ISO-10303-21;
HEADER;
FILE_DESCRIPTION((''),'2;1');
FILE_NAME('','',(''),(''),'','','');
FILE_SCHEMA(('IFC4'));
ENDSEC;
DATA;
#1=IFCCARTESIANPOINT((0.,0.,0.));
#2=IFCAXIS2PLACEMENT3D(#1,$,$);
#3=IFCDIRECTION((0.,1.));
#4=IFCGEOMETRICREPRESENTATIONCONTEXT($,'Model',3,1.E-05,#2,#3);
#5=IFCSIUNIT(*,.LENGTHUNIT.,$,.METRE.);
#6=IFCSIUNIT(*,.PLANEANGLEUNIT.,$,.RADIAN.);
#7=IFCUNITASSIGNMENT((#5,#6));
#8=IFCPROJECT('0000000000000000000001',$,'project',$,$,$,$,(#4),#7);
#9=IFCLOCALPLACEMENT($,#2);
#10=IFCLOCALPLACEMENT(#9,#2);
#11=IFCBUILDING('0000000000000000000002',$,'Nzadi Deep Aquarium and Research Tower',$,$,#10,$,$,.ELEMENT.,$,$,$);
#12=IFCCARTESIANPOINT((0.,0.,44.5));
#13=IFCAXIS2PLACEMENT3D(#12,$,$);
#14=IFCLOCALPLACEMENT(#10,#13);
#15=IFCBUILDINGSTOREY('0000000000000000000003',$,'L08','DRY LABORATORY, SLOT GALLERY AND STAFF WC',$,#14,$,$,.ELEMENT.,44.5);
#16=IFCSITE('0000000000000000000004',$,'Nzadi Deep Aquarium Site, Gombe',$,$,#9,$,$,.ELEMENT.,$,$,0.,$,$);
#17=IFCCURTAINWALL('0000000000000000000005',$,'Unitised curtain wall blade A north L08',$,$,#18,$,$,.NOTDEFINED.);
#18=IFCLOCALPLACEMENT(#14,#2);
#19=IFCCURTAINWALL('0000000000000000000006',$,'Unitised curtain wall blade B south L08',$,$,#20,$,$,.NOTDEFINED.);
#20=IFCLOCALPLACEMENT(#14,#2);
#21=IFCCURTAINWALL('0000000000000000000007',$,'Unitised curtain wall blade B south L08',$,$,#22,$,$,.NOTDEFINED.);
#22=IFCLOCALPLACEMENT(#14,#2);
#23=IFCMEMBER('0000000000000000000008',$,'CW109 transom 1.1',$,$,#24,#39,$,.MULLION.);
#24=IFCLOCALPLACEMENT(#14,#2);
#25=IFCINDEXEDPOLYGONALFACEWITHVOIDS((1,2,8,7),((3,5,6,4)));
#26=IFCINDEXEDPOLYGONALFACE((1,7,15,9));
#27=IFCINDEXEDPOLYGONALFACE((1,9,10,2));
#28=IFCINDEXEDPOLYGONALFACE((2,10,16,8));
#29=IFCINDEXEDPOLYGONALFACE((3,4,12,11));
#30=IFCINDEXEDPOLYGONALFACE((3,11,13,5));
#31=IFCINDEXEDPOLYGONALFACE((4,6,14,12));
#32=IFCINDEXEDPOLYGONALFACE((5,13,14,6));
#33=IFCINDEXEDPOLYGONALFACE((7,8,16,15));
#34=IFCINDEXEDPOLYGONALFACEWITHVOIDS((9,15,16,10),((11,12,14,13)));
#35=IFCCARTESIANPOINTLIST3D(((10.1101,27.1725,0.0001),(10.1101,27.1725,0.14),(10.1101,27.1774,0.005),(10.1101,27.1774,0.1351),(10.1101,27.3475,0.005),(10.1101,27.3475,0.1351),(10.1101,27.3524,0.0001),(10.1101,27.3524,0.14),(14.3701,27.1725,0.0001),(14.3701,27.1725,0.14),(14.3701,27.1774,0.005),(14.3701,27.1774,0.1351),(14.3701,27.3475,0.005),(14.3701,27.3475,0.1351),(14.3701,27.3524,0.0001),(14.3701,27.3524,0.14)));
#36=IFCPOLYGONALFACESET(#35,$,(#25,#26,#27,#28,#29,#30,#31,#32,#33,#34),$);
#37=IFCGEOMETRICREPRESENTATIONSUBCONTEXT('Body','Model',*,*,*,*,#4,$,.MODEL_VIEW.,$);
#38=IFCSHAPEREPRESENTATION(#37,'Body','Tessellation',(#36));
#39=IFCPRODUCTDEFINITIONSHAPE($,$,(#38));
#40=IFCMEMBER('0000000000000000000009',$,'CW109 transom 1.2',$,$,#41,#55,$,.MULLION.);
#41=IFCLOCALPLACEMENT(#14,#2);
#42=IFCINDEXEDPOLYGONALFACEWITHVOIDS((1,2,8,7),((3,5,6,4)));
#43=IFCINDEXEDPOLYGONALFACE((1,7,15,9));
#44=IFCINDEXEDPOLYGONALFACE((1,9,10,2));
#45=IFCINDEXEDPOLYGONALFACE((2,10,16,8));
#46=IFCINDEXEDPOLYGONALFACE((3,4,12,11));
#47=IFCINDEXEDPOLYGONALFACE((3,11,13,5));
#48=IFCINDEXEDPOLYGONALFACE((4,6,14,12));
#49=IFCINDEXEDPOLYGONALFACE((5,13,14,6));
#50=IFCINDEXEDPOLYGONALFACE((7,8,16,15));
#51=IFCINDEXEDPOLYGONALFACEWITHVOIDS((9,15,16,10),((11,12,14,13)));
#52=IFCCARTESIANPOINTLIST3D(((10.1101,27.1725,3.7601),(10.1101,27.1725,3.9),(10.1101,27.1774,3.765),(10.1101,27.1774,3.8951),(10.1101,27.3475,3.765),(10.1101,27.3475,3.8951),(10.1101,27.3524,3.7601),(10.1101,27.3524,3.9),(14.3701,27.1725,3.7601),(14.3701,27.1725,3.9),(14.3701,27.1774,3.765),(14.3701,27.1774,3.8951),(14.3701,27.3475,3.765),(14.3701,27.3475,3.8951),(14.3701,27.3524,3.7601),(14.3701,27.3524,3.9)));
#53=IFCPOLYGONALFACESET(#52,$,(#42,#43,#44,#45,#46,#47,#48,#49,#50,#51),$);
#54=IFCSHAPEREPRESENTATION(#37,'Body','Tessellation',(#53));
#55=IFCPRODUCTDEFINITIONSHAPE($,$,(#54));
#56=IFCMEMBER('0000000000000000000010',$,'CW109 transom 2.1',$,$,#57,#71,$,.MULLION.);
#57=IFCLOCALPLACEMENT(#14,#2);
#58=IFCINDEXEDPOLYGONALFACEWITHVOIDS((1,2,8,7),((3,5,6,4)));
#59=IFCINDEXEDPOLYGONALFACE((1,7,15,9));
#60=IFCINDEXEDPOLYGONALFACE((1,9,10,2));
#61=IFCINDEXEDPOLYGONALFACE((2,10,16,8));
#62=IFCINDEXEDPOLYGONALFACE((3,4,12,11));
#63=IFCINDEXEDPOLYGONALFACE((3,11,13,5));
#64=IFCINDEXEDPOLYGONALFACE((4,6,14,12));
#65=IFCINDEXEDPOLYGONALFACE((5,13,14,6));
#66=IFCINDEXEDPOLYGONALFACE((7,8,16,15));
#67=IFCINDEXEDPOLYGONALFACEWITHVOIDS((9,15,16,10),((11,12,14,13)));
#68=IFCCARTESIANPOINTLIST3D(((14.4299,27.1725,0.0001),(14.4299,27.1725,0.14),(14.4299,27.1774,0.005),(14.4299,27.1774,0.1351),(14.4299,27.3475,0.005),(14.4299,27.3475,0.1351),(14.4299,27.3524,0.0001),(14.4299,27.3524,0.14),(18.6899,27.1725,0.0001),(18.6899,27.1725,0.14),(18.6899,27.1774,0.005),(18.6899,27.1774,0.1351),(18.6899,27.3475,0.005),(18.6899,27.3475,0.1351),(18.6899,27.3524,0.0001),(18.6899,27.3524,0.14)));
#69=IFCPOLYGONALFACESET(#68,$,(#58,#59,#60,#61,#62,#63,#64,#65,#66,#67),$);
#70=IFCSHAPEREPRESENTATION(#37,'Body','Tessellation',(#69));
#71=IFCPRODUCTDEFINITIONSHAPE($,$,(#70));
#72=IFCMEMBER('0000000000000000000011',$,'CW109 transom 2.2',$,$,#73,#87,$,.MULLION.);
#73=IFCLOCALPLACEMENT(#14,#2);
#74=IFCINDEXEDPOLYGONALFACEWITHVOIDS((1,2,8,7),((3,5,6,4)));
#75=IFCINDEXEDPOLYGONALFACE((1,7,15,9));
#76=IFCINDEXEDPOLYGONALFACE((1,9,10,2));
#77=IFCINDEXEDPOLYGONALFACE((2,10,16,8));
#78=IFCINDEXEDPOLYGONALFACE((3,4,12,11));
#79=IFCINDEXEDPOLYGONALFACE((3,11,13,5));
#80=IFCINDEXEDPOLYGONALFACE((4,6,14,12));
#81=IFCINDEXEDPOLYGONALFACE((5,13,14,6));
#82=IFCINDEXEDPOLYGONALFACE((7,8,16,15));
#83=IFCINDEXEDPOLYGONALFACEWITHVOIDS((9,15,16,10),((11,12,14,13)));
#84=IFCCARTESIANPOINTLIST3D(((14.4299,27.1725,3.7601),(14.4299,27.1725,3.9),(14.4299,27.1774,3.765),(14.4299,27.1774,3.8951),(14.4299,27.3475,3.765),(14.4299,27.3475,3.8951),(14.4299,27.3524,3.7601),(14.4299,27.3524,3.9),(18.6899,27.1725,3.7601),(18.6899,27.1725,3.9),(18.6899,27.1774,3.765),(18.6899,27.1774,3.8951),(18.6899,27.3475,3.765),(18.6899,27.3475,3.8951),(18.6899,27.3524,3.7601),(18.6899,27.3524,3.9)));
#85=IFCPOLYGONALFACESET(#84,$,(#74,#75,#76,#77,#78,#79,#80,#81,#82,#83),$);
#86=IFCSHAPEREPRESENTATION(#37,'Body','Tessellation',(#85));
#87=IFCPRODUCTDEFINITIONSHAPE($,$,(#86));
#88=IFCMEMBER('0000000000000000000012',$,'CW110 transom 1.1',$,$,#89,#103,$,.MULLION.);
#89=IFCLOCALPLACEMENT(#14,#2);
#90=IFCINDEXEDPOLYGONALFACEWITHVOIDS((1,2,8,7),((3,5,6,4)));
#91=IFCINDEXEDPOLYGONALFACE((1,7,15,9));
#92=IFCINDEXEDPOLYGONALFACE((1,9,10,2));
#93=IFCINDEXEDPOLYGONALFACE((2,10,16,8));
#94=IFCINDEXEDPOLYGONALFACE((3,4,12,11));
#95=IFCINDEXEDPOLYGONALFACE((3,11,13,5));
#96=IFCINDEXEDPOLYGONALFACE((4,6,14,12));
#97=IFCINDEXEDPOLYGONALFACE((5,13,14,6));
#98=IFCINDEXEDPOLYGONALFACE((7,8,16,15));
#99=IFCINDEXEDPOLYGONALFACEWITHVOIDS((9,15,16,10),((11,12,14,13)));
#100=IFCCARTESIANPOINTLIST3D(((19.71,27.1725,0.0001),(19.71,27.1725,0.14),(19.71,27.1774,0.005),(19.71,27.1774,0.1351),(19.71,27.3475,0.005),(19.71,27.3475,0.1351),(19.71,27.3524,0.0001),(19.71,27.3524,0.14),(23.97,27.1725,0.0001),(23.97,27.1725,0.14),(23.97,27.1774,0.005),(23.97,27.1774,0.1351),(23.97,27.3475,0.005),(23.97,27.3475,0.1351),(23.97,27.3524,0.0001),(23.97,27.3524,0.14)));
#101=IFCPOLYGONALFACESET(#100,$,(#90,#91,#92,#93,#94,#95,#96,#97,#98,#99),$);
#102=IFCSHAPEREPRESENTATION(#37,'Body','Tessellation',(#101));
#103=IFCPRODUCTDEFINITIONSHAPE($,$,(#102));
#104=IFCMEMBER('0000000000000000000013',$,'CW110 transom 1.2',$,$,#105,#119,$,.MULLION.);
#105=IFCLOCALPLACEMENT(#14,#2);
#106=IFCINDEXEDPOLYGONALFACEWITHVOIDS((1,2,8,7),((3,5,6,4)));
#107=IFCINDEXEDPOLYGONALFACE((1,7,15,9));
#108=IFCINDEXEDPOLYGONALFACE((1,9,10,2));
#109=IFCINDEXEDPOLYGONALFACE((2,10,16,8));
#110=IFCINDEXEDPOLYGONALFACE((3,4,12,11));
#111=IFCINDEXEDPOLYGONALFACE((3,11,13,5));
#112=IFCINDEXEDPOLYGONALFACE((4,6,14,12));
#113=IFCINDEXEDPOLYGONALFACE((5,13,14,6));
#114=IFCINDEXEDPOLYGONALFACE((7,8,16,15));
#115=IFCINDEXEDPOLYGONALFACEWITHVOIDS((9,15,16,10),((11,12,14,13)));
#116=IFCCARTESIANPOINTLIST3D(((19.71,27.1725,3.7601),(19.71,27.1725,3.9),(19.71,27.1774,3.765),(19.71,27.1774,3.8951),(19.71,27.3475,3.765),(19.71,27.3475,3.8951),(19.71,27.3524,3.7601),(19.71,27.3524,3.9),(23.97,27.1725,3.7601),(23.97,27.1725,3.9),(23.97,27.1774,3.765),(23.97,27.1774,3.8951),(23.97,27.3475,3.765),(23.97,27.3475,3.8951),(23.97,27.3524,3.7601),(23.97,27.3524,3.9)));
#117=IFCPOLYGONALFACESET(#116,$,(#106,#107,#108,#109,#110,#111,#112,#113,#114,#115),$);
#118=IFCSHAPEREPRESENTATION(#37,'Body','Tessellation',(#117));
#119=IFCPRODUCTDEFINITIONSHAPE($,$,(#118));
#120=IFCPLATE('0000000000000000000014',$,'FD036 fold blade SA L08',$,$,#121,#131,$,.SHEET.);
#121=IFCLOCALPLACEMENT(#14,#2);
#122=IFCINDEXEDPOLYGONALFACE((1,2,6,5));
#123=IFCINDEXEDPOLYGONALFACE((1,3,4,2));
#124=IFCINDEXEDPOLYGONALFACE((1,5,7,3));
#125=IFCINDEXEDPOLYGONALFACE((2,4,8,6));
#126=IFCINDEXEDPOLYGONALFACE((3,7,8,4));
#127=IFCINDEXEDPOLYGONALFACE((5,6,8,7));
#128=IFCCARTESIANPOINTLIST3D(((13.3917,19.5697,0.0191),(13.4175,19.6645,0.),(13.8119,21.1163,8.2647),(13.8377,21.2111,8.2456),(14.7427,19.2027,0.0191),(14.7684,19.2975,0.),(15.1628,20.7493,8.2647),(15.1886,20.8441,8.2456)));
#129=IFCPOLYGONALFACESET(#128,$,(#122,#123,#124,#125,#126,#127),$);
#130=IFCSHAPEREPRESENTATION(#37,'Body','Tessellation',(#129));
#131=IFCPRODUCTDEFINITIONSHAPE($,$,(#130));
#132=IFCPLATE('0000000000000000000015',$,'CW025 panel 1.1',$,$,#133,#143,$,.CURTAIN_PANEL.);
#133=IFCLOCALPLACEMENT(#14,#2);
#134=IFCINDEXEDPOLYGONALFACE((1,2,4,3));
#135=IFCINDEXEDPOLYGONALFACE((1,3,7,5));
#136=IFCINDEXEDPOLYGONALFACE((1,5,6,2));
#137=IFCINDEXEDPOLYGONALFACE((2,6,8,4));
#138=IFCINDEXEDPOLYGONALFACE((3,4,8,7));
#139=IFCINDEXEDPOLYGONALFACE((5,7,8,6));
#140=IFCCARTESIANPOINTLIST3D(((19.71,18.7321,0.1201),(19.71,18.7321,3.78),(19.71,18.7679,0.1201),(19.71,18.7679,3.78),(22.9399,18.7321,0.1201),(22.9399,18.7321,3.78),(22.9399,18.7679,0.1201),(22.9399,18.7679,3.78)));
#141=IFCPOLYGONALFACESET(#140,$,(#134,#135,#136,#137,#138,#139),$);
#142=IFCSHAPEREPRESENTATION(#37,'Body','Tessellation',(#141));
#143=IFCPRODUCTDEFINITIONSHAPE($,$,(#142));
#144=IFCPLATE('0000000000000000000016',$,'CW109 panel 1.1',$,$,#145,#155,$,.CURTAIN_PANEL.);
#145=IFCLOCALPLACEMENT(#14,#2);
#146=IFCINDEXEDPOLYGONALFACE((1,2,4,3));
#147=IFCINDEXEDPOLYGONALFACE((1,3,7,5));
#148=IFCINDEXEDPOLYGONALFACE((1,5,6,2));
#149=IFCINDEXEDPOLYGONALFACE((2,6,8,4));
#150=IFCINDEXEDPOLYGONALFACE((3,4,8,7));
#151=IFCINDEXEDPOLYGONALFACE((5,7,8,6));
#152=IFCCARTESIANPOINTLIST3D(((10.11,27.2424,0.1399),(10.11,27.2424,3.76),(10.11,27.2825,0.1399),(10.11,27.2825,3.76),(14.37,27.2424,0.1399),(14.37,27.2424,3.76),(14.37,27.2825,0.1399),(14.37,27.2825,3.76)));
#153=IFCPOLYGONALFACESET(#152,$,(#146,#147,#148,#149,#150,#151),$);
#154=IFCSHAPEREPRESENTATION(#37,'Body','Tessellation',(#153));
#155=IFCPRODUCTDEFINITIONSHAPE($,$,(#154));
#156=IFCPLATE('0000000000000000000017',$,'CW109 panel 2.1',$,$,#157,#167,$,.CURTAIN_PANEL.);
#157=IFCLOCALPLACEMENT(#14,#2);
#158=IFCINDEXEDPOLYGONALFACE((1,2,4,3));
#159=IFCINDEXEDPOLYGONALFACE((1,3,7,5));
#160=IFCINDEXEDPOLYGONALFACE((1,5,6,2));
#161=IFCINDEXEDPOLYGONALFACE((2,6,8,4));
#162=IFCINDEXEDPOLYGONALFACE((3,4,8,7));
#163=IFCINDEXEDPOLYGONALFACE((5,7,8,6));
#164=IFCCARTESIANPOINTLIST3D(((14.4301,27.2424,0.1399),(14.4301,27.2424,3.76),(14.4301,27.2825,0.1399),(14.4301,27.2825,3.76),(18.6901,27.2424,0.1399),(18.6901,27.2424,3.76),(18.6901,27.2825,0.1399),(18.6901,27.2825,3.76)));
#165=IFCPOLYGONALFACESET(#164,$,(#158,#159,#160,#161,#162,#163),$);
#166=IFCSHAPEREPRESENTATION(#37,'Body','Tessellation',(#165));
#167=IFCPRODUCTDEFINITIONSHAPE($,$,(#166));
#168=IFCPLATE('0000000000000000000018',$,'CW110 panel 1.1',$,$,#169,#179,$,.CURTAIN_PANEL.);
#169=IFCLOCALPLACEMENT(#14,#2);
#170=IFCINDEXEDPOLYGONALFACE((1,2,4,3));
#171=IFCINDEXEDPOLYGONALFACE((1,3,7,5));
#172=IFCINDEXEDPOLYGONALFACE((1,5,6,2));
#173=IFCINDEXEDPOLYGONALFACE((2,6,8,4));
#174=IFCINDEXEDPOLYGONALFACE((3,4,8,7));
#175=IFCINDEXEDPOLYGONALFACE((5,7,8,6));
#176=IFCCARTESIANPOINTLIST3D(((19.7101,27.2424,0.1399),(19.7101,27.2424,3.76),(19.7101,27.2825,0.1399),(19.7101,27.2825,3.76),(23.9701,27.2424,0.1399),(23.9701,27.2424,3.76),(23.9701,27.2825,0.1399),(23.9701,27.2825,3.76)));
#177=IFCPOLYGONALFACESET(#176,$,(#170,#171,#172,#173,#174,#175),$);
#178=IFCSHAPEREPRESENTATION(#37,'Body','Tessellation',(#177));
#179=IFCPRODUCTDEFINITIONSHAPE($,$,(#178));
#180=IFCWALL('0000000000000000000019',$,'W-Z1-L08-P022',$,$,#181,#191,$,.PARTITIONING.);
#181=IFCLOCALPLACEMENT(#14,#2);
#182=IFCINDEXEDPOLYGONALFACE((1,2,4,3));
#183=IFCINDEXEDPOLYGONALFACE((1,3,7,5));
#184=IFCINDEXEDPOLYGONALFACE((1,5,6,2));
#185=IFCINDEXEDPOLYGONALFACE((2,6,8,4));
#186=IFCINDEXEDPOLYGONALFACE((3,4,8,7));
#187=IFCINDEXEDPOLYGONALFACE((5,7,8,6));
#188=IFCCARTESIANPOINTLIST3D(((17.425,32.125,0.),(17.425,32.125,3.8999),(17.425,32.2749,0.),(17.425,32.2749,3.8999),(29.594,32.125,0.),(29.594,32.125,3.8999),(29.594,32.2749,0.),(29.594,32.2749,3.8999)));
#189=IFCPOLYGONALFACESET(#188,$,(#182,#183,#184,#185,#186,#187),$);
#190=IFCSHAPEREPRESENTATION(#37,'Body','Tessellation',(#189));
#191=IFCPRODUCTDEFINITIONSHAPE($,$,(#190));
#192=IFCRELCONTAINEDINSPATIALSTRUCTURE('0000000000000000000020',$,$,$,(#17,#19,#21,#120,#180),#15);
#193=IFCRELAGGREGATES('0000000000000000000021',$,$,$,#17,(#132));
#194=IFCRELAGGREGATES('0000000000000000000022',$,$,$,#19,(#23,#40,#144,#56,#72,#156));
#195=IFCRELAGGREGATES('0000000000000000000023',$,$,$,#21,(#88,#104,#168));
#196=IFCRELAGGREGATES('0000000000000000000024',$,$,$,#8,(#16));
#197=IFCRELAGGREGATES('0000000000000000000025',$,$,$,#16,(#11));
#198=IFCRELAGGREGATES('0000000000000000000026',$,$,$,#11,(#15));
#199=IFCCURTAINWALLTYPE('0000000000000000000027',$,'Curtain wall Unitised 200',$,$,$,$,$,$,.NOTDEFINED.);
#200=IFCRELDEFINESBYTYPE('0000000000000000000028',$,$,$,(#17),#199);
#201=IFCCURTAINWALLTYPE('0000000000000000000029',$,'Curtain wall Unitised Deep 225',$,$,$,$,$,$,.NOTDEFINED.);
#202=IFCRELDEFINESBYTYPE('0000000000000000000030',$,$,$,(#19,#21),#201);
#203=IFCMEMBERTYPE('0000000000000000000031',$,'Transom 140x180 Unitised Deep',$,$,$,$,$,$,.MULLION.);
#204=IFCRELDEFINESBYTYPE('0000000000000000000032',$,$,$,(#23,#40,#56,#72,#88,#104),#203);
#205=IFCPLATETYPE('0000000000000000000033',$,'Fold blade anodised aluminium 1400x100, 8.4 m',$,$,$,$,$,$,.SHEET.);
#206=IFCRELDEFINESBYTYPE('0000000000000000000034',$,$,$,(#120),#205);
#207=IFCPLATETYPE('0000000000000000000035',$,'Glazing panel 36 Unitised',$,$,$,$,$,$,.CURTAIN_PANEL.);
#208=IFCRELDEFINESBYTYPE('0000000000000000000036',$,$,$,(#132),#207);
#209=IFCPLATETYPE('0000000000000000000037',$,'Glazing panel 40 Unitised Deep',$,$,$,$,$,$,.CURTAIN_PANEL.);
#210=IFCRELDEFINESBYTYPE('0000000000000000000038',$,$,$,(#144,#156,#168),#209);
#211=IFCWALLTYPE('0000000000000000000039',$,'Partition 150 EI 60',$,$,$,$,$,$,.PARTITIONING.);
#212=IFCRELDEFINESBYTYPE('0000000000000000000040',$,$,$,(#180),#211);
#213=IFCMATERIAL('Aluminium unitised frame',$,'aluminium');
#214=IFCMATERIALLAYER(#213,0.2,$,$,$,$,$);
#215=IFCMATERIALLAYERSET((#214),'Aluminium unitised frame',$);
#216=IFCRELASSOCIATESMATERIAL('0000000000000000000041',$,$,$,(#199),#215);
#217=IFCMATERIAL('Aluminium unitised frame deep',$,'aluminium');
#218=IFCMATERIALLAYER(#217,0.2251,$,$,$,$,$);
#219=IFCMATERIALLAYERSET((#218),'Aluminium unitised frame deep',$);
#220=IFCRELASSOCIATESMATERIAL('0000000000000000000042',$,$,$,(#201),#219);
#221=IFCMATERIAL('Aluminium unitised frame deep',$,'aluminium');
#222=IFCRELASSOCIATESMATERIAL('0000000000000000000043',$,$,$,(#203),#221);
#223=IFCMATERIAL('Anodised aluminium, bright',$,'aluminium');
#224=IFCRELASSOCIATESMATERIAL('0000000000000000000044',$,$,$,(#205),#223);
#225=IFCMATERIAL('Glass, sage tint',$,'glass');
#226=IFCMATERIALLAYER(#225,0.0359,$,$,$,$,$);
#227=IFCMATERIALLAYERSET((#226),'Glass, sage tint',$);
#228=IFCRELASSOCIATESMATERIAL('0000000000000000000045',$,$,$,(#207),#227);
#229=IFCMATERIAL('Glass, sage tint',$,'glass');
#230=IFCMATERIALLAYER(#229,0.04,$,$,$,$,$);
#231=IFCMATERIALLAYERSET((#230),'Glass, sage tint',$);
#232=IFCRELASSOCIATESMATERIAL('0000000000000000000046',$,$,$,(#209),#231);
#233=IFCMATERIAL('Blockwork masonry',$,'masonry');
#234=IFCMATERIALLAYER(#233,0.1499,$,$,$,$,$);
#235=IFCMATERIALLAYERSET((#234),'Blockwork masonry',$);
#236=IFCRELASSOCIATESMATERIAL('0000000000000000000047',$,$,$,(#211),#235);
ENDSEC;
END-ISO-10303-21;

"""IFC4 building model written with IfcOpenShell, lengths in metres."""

from ifc_helpers import new_model, si_unit, direction, frame, frame_2d, origin, origin_2d, place, context, subcontext, project, spatial, rectangle, hollow_rectangle, extrude, material, layer, layer_set, material_profile, profile_set, type_object, element, aggregate, save


model = new_model("IFC4")

# Units and contexts
model_context = context("Model", 3, precision=1e-05, world=origin(), true_north=direction((0.0, 1.0)))
body_context = subcontext(model_context, "Body", "Model", "MODEL_VIEW")
ifc_project = project(units=[si_unit("LENGTHUNIT", "METRE"), si_unit("PLANEANGLEUNIT", "RADIAN")], contexts=[model_context])

# Site, building, storey
site_placement = place(None, origin())
site = spatial("IfcSite", under=ifc_project, at=site_placement, Name="Nzadi Deep Aquarium Site, Gombe", CompositionType="ELEMENT", RefElevation=0.0)
building_placement = place(site_placement, origin())
building = spatial("IfcBuilding", under=site, at=building_placement, Name="Nzadi Deep Aquarium and Research Tower", CompositionType="ELEMENT")
storey_placement = place(building_placement, frame((0.0, 0.0, 44.5)))
storey = spatial("IfcBuildingStorey", under=building, at=storey_placement, Name="L08", Description="DRY LABORATORY, SLOT GALLERY AND STAFF WC", CompositionType="ELEMENT", Elevation=44.5)

# Curtain wall
ifc_material_1 = material(Name="Aluminium unitised frame", Category="aluminium")
ifc_layer_1 = layer(ifc_material_1, 0.2)
ifc_layer_set_1 = layer_set([ifc_layer_1], Name="Aluminium unitised frame")
curtain_wall_type_1 = type_object("IfcCurtainWallType", Name="Curtain wall Unitised 200", PredefinedType="NOTDEFINED", material=ifc_layer_set_1)
curtain_wall_1_placement = place(storey_placement, origin())
curtain_wall_1 = element("IfcCurtainWall", 1, at=curtain_wall_1_placement, inside=storey, type_object=curtain_wall_type_1, Name="Unitised curtain wall blade A north L08", PredefinedType="NOTDEFINED")

# Curtain wall
ifc_material_2 = material(Name="Aluminium unitised frame deep", Category="aluminium")
ifc_layer_2 = layer(ifc_material_2, 0.2251)
ifc_layer_set_2 = layer_set([ifc_layer_2], Name="Aluminium unitised frame deep")
curtain_wall_type_2 = type_object("IfcCurtainWallType", Name="Curtain wall Unitised Deep 225", PredefinedType="NOTDEFINED", material=ifc_layer_set_2)
curtain_wall_2_placement = place(storey_placement, origin())
curtain_wall_2 = element("IfcCurtainWall", 2, at=curtain_wall_2_placement, inside=storey, type_object=curtain_wall_type_2, Name="Unitised curtain wall blade B south L08", PredefinedType="NOTDEFINED")

# Curtain wall
curtain_wall_3_placement = place(storey_placement, origin())
curtain_wall_3 = element("IfcCurtainWall", 3, at=curtain_wall_3_placement, inside=storey, type_object=curtain_wall_type_2, Name="Unitised curtain wall blade B south L08", PredefinedType="NOTDEFINED")

# Members
ifc_material_3 = material(Name="Aluminium unitised frame deep", Category="aluminium")
ifc_material_profile_1 = material_profile(ifc_material_3, hollow_rectangle(XDim=0.1799, YDim=0.1399, WallThickness=0.0049, at=origin_2d()))
ifc_profile_set_1 = profile_set([ifc_material_profile_1], Name="Aluminium unitised frame deep")
member_type_1 = type_object("IfcMemberType", Name="Transom 140x180 Unitised Deep", PredefinedType="MULLION", material=ifc_profile_set_1)
member_1_placement = place(storey_placement, frame((10.1101, 27.2625, 0.0701), z_axis=(1.0, 0.0, 0.0), x_axis=(0.0, 1.0, 0.0)))
member_1 = element("IfcMember", 4, at=member_1_placement, type_object=member_type_1, Name="CW109 transom 1.1", PredefinedType="MULLION", context=body_context, shape_type="SweptSolid", body=[
    extrude(hollow_rectangle(XDim=0.1799, YDim=0.1399, WallThickness=0.0049, at=origin_2d()), origin(), (0.0, 0.0, 1.0), 4.26),
])
member_2_placement = place(storey_placement, frame((10.1101, 27.2625, 3.8301), z_axis=(1.0, 0.0, 0.0), x_axis=(0.0, 1.0, 0.0)))
member_2 = element("IfcMember", 5, at=member_2_placement, type_object=member_type_1, Name="CW109 transom 1.2", PredefinedType="MULLION", context=body_context, shape_type="SweptSolid", body=[
    extrude(hollow_rectangle(XDim=0.1799, YDim=0.1399, WallThickness=0.0049, at=origin_2d()), origin(), (0.0, 0.0, 1.0), 4.26),
])
member_3_placement = place(storey_placement, frame((14.4299, 27.2625, 0.0701), z_axis=(1.0, 0.0, 0.0), x_axis=(0.0, 1.0, 0.0)))
member_3 = element("IfcMember", 6, at=member_3_placement, type_object=member_type_1, Name="CW109 transom 2.1", PredefinedType="MULLION", context=body_context, shape_type="SweptSolid", body=[
    extrude(hollow_rectangle(XDim=0.1799, YDim=0.1399, WallThickness=0.0049, at=origin_2d()), origin(), (0.0, 0.0, 1.0), 4.26),
])
member_4_placement = place(storey_placement, frame((14.4299, 27.2625, 3.8301), z_axis=(1.0, 0.0, 0.0), x_axis=(0.0, 1.0, 0.0)))
member_4 = element("IfcMember", 7, at=member_4_placement, type_object=member_type_1, Name="CW109 transom 2.2", PredefinedType="MULLION", context=body_context, shape_type="SweptSolid", body=[
    extrude(hollow_rectangle(XDim=0.1799, YDim=0.1399, WallThickness=0.0049, at=origin_2d()), origin(), (0.0, 0.0, 1.0), 4.26),
])
member_5_placement = place(storey_placement, frame((19.71, 27.2625, 0.0701), z_axis=(1.0, 0.0, 0.0), x_axis=(0.0, 1.0, 0.0)))
member_5 = element("IfcMember", 8, at=member_5_placement, type_object=member_type_1, Name="CW110 transom 1.1", PredefinedType="MULLION", context=body_context, shape_type="SweptSolid", body=[
    extrude(hollow_rectangle(XDim=0.1799, YDim=0.1399, WallThickness=0.0049, at=origin_2d()), origin(), (0.0, 0.0, 1.0), 4.26),
])
member_6_placement = place(storey_placement, frame((19.71, 27.2625, 3.8301), z_axis=(1.0, 0.0, 0.0), x_axis=(0.0, 1.0, 0.0)))
member_6 = element("IfcMember", 9, at=member_6_placement, type_object=member_type_1, Name="CW110 transom 1.2", PredefinedType="MULLION", context=body_context, shape_type="SweptSolid", body=[
    extrude(hollow_rectangle(XDim=0.1799, YDim=0.1399, WallThickness=0.0049, at=origin_2d()), origin(), (0.0, 0.0, 1.0), 4.26),
])

# Plates
ifc_material_4 = material(Name="Anodised aluminium, bright", Category="aluminium")
ifc_material_profile_2 = material_profile(ifc_material_4, rectangle(XDim=1.3999, YDim=0.1001, at=origin_2d()))
ifc_profile_set_2 = profile_set([ifc_material_profile_2], Name="Anodised aluminium, bright")
plate_type_1 = type_object("IfcPlateType", Name="Fold blade anodised aluminium 1400x100, 8.4 m", PredefinedType="SHEET", material=ifc_profile_set_2)
plate_1_placement = place(storey_placement, frame((14.0801, 19.4336, 0.0095), z_axis=(0.05002, 0.184125, 0.981629), x_axis=(-0.965023, 0.262163, 0.0)))
element("IfcPlate", 10, at=plate_1_placement, inside=storey, type_object=plate_type_1, Name="FD036 fold blade SA L08", PredefinedType="SHEET", context=body_context, shape_type="SweptSolid", body=[
    extrude(rectangle(XDim=1.3999, YDim=0.1001, at=origin_2d()), origin(), (0.0, 0.0, 1.0), 8.3999),
])
ifc_material_5 = material(Name="Glass, sage tint", Category="glass")
ifc_layer_3 = layer(ifc_material_5, 0.0359)
ifc_layer_set_3 = layer_set([ifc_layer_3], Name="Glass, sage tint")
plate_type_2 = type_object("IfcPlateType", Name="Glazing panel 36 Unitised", PredefinedType="CURTAIN_PANEL", material=ifc_layer_set_3)
plate_2_placement = place(storey_placement, frame((21.325, 18.75, 0.1201), z_axis=(0.0, 0.0, 1.0), x_axis=(1.0, 0.0, 0.0)))
plate_2 = element("IfcPlate", 11, at=plate_2_placement, type_object=plate_type_2, Name="CW025 panel 1.1", PredefinedType="CURTAIN_PANEL", context=body_context, shape_type="SweptSolid", body=[
    extrude(rectangle(XDim=3.23, YDim=0.0359, at=origin_2d()), origin(), (0.0, 0.0, 1.0), 3.6599),
])
aggregate(curtain_wall_1, [plate_2])
ifc_material_6 = material(Name="Glass, sage tint", Category="glass")
ifc_layer_4 = layer(ifc_material_6, 0.04)
ifc_layer_set_4 = layer_set([ifc_layer_4], Name="Glass, sage tint")
plate_type_3 = type_object("IfcPlateType", Name="Glazing panel 40 Unitised Deep", PredefinedType="CURTAIN_PANEL", material=ifc_layer_set_4)
plate_3_placement = place(storey_placement, frame((12.24, 27.2625, 0.1399), z_axis=(0.0, 0.0, 1.0), x_axis=(1.0, 0.0, 0.0)))
plate_3 = element("IfcPlate", 12, at=plate_3_placement, type_object=plate_type_3, Name="CW109 panel 1.1", PredefinedType="CURTAIN_PANEL", context=body_context, shape_type="SweptSolid", body=[
    extrude(rectangle(XDim=4.26, YDim=0.04, at=origin_2d()), origin(), (0.0, 0.0, 1.0), 3.6201),
])
plate_4_placement = place(storey_placement, frame((16.5601, 27.2625, 0.1399), z_axis=(0.0, 0.0, 1.0), x_axis=(1.0, 0.0, 0.0)))
plate_4 = element("IfcPlate", 13, at=plate_4_placement, type_object=plate_type_3, Name="CW109 panel 2.1", PredefinedType="CURTAIN_PANEL", context=body_context, shape_type="SweptSolid", body=[
    extrude(rectangle(XDim=4.26, YDim=0.04, at=origin_2d()), origin(), (0.0, 0.0, 1.0), 3.6201),
])
aggregate(curtain_wall_2, [member_1, member_2, plate_3, member_3, member_4, plate_4])
plate_5_placement = place(storey_placement, frame((21.8401, 27.2625, 0.1399), z_axis=(0.0, 0.0, 1.0), x_axis=(1.0, 0.0, 0.0)))
plate_5 = element("IfcPlate", 14, at=plate_5_placement, type_object=plate_type_3, Name="CW110 panel 1.1", PredefinedType="CURTAIN_PANEL", context=body_context, shape_type="SweptSolid", body=[
    extrude(rectangle(XDim=4.26, YDim=0.04, at=origin_2d()), origin(), (0.0, 0.0, 1.0), 3.6201),
])
aggregate(curtain_wall_3, [member_5, member_6, plate_5])

# Wall
ifc_material_7 = material(Name="Blockwork masonry", Category="masonry")
ifc_layer_5 = layer(ifc_material_7, 0.1499)
ifc_layer_set_5 = layer_set([ifc_layer_5], Name="Blockwork masonry")
wall_type_1 = type_object("IfcWallType", Name="Partition 150 EI 60", PredefinedType="PARTITIONING", material=ifc_layer_set_5)
wall_1_placement = place(storey_placement, frame((17.425, 32.2, 0.0), z_axis=(0.0, 0.0, 1.0), x_axis=(1.0, 0.0, 0.0)))
element("IfcWall", 15, at=wall_1_placement, inside=storey, type_object=wall_type_1, Name="W-Z1-L08-P022", PredefinedType="PARTITIONING", context=body_context, shape_type="SweptSolid", body=[
    extrude(rectangle(XDim=12.1689, YDim=0.1499, at=frame_2d((6.0845, 0.0))), origin(), (0.0, 0.0, 1.0), 3.8999),
])

save(model, "model.ifc")
